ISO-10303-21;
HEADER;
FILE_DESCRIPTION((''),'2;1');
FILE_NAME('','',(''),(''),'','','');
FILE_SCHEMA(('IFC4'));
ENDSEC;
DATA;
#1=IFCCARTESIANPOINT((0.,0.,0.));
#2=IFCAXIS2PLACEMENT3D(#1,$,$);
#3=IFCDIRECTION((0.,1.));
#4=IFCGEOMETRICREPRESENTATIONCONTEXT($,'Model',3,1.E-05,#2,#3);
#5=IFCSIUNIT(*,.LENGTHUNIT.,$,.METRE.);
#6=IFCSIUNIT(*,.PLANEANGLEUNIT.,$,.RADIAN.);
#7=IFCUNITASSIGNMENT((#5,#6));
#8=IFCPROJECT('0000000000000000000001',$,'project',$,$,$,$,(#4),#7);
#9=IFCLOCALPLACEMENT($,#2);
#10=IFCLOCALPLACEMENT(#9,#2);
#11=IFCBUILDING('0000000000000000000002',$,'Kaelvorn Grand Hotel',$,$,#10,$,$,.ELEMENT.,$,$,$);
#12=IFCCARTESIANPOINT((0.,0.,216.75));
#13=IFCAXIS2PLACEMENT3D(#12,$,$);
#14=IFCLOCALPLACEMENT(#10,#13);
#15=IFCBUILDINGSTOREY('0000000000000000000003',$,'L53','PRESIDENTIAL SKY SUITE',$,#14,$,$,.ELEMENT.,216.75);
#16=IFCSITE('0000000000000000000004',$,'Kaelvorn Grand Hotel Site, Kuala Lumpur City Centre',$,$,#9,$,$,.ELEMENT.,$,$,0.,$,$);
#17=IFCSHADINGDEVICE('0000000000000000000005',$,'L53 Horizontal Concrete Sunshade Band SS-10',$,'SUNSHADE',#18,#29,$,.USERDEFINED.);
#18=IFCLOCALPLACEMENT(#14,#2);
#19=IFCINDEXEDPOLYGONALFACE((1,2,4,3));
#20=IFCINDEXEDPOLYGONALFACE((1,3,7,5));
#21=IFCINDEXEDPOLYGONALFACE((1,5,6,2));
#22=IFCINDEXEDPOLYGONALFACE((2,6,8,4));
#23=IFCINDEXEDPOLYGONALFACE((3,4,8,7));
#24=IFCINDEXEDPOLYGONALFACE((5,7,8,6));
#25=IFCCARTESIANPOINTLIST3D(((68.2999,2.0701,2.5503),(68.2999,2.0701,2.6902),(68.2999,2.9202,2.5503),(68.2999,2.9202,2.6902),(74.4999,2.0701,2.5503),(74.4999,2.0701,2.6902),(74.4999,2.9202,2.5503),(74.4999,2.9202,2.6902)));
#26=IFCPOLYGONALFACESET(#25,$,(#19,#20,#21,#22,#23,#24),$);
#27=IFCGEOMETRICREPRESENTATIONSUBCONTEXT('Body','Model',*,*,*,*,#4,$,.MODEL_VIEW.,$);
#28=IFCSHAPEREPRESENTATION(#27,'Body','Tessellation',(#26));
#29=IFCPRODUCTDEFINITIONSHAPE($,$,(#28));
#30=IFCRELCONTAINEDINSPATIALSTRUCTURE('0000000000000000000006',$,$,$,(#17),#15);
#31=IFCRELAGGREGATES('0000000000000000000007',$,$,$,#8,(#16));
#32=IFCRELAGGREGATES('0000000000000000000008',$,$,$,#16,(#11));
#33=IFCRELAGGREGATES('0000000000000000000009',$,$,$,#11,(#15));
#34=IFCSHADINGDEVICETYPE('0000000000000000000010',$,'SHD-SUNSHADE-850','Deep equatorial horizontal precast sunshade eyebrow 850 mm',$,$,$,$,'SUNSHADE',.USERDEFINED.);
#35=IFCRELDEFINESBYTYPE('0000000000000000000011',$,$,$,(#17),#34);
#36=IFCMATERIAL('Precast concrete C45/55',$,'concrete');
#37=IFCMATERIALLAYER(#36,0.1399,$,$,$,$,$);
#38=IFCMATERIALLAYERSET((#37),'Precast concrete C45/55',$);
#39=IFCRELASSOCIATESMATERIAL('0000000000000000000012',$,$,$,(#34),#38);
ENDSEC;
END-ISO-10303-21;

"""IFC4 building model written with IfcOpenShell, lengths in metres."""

from ifc_helpers import new_model, si_unit, direction, frame, origin, origin_2d, place, context, subcontext, project, spatial, rectangle, extrude, material, layer, layer_set, type_object, element, save


model = new_model("IFC4")

# Units and contexts
model_context = context("Model", 3, precision=1e-05, world=origin(), true_north=direction((0.0, 1.0)))
body_context = subcontext(model_context, "Body", "Model", "MODEL_VIEW")
ifc_project = project(units=[si_unit("LENGTHUNIT", "METRE"), si_unit("PLANEANGLEUNIT", "RADIAN")], contexts=[model_context])

# Site, building, storey
site_placement = place(None, origin())
site = spatial("IfcSite", under=ifc_project, at=site_placement, Name="Kaelvorn Grand Hotel Site, Kuala Lumpur City Centre", CompositionType="ELEMENT", RefElevation=0.0)
building_placement = place(site_placement, origin())
building = spatial("IfcBuilding", under=site, at=building_placement, Name="Kaelvorn Grand Hotel", CompositionType="ELEMENT")
storey_placement = place(building_placement, frame((0.0, 0.0, 216.75)))
storey = spatial("IfcBuildingStorey", under=building, at=storey_placement, Name="L53", Description="PRESIDENTIAL SKY SUITE", CompositionType="ELEMENT", Elevation=216.75)

# Shared definitions
ifc_material_1 = material(Name="Precast concrete C45/55", Category="concrete")

# Shading device
ifc_layer_1 = layer(ifc_material_1, 0.1399)
ifc_layer_set_1 = layer_set([ifc_layer_1], Name="Precast concrete C45/55")
shading_device_type = type_object("IfcShadingDeviceType", Name="SHD-SUNSHADE-850", Description="Deep equatorial horizontal precast sunshade eyebrow 850 mm", ElementType="SUNSHADE", PredefinedType="USERDEFINED", material=ifc_layer_set_1)
shading_device_placement = place(storey_placement, frame((71.3999, 2.4951, 2.5503), z_axis=(0.0, 0.0, 1.0), x_axis=(1.0, 0.0, 0.0)))
element("IfcShadingDevice", 1, at=shading_device_placement, inside=storey, type_object=shading_device_type, Name="L53 Horizontal Concrete Sunshade Band SS-10", ObjectType="SUNSHADE", PredefinedType="USERDEFINED", context=body_context, shape_type="SweptSolid", body=[
    extrude(rectangle(XDim=6.2, YDim=0.8501, at=origin_2d()), origin(), (0.0, 0.0, 1.0), 0.1399),
])

save(model, "model.ifc")
